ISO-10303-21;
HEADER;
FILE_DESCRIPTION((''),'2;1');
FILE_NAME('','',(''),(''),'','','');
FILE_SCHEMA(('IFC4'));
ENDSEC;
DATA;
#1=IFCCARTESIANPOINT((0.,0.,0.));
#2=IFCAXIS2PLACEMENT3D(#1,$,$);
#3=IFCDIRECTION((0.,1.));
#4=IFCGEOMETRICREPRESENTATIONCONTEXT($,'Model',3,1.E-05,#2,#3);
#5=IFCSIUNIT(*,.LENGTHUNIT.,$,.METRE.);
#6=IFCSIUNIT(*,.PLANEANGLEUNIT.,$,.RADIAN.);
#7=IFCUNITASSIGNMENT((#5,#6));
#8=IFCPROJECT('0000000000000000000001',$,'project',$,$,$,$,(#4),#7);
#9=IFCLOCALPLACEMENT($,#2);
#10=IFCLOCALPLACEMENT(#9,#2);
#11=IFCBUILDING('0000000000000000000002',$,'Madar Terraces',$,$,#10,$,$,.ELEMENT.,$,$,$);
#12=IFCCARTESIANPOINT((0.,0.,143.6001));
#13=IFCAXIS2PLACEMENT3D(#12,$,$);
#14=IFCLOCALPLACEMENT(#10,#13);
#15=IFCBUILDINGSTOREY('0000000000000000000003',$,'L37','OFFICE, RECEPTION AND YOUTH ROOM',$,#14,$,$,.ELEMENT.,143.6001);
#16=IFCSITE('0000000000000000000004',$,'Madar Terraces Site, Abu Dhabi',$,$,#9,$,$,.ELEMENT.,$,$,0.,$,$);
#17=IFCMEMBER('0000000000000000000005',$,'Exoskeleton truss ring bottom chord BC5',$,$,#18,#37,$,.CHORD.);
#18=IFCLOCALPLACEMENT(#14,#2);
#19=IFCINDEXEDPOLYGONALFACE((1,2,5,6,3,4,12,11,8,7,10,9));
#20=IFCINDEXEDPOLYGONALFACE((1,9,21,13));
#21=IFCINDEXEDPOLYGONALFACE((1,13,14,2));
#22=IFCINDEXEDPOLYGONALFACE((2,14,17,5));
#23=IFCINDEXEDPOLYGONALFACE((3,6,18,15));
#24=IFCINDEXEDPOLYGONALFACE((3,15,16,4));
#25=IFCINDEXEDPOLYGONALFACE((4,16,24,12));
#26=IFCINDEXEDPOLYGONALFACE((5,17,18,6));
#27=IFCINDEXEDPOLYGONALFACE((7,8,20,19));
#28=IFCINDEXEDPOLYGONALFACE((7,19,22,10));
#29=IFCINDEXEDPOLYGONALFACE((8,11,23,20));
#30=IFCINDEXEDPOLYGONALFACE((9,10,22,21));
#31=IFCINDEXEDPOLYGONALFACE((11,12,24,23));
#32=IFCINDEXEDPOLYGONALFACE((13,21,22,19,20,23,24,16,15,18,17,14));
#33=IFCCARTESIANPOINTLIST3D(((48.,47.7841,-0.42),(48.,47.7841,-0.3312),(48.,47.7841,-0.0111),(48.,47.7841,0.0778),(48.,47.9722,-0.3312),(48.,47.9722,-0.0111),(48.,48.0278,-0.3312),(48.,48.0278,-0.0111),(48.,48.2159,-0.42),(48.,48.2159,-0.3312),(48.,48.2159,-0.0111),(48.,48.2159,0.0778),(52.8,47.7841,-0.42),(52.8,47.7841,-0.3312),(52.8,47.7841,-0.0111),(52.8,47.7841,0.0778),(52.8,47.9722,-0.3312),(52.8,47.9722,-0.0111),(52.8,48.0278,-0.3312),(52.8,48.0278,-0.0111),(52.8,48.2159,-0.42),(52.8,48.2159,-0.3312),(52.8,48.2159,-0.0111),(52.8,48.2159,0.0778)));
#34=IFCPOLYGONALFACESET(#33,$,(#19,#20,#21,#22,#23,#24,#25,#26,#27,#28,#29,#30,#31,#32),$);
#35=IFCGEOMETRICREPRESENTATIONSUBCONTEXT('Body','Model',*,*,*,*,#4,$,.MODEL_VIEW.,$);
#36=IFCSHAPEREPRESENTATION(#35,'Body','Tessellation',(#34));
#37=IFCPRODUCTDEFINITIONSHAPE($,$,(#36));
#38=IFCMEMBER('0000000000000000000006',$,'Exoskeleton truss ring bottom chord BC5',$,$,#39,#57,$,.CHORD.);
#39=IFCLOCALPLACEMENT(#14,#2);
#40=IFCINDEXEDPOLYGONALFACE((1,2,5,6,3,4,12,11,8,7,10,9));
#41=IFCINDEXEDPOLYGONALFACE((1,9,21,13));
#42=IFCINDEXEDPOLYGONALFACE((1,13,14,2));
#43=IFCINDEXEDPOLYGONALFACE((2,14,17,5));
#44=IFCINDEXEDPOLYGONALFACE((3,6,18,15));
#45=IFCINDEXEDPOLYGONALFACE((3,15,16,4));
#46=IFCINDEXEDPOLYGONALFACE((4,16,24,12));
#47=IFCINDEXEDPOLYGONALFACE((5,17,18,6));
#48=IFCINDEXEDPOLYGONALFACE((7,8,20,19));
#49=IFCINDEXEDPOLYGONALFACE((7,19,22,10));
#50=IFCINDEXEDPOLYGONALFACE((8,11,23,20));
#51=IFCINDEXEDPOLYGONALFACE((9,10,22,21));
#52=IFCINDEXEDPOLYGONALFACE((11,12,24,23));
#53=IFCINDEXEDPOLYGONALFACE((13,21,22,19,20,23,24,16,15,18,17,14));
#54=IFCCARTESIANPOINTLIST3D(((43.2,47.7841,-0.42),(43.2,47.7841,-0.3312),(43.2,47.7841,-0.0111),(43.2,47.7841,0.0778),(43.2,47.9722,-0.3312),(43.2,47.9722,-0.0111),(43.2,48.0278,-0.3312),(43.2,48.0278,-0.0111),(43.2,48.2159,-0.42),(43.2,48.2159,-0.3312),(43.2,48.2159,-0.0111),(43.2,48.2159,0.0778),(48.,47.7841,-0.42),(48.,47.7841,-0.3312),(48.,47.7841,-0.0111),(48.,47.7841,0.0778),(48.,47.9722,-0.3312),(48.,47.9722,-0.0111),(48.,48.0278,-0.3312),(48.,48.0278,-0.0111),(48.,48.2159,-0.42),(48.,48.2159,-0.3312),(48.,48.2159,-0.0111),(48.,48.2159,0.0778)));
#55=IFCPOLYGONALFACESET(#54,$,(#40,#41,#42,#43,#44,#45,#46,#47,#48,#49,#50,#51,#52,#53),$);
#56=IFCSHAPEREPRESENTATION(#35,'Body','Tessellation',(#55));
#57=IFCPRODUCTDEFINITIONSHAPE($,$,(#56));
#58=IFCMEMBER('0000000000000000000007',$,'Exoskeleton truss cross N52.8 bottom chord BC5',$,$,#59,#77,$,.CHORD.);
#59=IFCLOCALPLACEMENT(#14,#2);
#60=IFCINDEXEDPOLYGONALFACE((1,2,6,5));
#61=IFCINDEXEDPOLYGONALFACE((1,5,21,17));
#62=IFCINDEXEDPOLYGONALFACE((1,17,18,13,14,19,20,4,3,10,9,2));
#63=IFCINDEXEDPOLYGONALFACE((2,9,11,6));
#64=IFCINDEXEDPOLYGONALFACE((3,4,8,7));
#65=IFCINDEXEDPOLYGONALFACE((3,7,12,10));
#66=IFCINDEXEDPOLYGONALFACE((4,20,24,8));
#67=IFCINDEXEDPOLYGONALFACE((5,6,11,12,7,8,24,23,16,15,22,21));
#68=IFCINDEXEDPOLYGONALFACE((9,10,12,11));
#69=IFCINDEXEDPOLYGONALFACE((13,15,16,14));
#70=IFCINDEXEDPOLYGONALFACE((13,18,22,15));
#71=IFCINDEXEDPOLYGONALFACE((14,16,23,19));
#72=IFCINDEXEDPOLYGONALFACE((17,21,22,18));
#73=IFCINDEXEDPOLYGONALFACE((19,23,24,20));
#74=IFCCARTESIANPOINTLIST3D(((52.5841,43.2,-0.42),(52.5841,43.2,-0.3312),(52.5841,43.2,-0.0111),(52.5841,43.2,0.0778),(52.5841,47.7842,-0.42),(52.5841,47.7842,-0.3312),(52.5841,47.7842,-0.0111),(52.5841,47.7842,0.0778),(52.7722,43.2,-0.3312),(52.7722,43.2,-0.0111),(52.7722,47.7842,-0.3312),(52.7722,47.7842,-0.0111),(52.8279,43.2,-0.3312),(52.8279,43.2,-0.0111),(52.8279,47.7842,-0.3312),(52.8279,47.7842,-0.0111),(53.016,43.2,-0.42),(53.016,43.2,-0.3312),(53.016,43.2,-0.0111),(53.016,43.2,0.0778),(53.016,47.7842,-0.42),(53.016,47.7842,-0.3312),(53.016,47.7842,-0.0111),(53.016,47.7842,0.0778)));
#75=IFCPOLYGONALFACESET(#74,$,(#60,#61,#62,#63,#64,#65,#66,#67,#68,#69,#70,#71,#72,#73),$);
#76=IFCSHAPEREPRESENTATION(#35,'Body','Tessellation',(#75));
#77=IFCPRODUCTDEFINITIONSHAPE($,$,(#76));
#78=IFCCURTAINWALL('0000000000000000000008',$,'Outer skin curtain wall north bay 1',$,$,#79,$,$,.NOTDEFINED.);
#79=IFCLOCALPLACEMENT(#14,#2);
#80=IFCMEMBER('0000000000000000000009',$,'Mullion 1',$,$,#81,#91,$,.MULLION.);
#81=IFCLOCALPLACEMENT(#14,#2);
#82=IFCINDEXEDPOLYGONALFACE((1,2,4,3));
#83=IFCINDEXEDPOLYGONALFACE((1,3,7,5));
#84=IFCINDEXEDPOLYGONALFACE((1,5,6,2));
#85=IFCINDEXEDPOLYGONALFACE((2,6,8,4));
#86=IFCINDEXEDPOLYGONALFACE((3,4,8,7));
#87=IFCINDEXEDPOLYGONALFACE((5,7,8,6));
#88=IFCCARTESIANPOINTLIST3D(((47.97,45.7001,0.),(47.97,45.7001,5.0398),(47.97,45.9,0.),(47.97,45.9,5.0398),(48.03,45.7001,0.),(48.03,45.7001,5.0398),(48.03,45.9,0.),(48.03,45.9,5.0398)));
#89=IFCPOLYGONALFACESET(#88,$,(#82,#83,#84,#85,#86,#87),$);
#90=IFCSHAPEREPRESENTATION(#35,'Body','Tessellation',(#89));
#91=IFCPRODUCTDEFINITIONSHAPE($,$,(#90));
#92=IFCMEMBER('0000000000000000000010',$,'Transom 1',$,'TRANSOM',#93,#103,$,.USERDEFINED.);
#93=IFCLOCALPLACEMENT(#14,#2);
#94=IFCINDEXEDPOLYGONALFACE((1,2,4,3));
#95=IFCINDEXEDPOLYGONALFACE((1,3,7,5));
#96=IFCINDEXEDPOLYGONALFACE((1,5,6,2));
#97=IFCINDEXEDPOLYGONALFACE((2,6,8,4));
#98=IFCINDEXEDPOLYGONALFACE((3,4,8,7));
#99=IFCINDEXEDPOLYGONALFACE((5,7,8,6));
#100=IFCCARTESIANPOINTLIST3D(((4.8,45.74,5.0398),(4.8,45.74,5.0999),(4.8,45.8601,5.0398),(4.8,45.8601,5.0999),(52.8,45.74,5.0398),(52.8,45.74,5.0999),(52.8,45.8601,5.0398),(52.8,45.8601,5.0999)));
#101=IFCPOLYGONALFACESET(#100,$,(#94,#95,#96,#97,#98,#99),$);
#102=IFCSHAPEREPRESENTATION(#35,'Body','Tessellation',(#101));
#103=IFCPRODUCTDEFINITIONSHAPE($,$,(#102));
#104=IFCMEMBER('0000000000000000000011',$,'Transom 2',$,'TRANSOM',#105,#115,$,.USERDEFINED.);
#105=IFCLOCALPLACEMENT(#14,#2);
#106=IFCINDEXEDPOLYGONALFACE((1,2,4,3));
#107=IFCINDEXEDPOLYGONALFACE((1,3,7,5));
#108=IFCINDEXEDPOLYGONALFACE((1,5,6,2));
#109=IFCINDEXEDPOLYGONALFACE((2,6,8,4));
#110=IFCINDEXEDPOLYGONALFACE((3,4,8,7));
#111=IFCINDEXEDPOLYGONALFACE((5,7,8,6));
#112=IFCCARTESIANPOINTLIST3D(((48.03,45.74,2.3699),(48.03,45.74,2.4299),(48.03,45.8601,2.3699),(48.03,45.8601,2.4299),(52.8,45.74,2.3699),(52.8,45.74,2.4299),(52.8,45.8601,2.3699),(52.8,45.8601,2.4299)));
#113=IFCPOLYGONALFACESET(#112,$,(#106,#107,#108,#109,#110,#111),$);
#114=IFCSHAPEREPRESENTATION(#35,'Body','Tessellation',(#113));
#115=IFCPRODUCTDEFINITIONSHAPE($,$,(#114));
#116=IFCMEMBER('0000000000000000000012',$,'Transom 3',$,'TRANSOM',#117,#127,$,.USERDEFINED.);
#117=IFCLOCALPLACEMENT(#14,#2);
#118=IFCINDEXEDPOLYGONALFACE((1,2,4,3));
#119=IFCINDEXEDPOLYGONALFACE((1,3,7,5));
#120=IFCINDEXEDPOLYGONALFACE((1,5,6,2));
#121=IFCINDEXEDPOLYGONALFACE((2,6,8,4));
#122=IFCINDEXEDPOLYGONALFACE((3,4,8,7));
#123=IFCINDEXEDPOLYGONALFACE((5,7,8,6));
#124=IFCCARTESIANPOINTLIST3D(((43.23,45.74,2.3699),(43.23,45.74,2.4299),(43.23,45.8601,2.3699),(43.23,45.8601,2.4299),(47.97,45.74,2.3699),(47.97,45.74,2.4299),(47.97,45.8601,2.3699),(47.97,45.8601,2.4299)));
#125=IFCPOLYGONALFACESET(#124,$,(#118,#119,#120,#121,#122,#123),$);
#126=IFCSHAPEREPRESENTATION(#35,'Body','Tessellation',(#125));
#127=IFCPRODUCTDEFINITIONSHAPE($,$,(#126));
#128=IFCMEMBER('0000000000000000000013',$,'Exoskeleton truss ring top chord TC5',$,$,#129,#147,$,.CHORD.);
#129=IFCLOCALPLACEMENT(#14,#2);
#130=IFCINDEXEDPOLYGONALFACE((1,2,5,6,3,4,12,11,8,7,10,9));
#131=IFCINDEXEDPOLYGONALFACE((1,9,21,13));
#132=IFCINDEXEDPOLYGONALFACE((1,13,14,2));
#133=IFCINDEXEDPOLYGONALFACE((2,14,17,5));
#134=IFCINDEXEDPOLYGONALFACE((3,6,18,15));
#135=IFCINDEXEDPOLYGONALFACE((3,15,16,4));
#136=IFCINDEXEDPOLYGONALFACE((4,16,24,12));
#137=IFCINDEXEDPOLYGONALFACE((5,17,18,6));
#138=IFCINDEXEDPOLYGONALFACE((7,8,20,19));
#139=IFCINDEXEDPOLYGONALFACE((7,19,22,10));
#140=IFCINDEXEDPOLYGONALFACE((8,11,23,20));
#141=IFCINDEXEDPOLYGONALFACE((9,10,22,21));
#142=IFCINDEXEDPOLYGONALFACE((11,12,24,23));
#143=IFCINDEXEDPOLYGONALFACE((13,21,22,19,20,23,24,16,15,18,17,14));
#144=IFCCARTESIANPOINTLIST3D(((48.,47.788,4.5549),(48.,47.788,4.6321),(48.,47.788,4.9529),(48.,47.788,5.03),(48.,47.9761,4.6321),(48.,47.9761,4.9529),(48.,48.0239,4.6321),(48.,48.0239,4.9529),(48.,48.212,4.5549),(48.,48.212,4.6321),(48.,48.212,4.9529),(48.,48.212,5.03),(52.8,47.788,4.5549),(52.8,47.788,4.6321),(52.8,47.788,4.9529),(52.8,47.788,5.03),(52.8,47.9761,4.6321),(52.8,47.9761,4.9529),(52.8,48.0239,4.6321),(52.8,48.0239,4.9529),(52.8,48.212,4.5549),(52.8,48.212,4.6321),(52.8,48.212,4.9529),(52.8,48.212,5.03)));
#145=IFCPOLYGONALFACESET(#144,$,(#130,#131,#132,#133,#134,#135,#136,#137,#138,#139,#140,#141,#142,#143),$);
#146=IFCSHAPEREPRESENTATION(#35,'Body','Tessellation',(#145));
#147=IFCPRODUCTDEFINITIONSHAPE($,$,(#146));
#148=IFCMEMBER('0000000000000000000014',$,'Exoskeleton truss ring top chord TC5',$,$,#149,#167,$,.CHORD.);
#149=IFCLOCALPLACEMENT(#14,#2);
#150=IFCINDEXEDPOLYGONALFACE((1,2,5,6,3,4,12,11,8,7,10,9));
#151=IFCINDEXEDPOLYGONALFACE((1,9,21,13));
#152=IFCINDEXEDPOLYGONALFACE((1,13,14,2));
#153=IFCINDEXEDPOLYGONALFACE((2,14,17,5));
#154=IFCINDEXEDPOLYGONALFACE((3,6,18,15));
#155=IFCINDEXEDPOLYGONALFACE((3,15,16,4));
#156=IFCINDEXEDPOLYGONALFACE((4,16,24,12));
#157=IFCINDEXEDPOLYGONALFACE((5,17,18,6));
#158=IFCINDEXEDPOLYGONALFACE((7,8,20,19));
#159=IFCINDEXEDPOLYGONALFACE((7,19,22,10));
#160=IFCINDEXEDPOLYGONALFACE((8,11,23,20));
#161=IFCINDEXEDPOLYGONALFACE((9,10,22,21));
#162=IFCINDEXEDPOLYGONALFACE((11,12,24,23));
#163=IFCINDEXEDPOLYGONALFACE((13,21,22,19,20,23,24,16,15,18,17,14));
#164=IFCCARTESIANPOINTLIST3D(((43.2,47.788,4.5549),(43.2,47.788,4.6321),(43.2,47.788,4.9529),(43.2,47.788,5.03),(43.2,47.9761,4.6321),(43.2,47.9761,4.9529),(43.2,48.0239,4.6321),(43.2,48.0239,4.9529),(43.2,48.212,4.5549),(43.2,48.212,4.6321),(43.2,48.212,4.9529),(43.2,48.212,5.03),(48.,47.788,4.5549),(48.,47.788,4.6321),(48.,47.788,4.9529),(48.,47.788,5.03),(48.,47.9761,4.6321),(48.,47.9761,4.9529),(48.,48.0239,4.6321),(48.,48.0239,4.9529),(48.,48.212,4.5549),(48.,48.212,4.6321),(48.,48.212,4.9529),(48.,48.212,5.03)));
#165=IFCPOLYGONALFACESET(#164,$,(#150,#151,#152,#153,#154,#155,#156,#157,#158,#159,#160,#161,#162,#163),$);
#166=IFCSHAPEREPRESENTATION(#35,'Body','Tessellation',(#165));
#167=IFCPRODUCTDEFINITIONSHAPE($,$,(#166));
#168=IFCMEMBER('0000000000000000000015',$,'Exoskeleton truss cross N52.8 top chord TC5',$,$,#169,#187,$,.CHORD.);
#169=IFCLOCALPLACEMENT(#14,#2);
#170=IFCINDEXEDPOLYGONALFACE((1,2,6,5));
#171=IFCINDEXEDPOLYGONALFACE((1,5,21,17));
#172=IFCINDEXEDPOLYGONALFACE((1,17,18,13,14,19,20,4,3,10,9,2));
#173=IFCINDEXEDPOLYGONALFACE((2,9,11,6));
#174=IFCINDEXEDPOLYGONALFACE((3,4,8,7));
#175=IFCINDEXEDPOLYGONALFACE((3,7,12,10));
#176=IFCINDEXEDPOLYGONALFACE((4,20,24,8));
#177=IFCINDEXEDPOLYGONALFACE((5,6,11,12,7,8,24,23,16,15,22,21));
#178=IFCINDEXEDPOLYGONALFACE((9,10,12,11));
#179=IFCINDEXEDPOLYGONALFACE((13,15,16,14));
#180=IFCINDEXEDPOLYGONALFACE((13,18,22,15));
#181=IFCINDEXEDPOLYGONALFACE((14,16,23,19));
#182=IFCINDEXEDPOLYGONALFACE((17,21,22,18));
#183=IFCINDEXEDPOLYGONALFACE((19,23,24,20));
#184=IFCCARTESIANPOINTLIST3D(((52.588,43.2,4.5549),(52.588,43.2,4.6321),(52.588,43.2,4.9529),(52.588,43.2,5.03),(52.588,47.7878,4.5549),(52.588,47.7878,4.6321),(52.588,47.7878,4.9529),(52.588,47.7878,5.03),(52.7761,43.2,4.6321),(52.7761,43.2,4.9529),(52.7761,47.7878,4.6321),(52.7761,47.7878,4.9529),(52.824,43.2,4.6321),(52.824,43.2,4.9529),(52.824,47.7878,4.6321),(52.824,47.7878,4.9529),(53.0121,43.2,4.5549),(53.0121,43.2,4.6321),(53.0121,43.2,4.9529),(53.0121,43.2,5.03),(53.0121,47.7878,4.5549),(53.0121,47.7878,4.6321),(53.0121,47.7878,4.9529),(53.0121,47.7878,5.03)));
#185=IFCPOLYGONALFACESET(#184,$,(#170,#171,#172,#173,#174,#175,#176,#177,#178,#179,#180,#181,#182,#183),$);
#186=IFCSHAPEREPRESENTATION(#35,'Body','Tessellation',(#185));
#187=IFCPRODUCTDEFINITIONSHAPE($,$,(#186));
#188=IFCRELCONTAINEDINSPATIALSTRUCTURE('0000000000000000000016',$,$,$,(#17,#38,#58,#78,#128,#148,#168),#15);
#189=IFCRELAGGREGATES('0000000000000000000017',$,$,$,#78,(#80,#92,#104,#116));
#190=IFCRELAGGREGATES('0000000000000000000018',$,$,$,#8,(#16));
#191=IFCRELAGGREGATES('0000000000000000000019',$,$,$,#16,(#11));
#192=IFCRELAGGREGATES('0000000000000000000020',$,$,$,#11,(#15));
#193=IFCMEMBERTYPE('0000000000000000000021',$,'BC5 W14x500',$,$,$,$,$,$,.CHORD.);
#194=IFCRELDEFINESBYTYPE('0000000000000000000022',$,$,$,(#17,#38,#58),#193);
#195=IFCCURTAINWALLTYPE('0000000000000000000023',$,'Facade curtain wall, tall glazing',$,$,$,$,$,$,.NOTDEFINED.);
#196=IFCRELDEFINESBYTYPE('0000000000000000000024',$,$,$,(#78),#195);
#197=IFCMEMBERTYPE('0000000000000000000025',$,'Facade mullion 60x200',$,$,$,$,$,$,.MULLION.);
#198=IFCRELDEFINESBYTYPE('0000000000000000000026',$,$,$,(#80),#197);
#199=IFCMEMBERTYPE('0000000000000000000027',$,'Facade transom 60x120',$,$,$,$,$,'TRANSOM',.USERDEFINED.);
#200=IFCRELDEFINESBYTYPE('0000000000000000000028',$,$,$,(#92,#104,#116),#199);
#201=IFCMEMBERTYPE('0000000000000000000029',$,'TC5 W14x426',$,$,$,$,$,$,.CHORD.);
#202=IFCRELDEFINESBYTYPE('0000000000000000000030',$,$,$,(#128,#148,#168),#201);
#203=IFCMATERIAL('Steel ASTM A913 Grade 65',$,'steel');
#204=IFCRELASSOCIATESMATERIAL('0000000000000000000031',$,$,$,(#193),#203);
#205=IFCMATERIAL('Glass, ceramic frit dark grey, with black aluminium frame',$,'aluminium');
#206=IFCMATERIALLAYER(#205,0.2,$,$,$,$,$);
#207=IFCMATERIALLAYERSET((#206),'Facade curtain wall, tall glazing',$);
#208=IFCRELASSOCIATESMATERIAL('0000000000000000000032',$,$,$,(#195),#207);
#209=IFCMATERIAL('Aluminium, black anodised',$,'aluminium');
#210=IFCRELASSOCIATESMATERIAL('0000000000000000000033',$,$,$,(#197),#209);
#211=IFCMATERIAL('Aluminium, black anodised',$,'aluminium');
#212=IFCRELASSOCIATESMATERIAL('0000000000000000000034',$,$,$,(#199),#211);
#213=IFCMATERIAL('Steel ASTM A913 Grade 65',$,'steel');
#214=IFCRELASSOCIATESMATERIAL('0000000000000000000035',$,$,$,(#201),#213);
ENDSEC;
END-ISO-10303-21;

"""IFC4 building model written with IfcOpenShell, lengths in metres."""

from ifc_helpers import new_model, si_unit, direction, frame, origin, origin_2d, place, context, subcontext, project, spatial, rectangle, i_section, extrude, material, layer, layer_set, material_profile, profile_set, type_object, element, aggregate, save


model = new_model("IFC4")

# Units and contexts
model_context = context("Model", 3, precision=1e-05, world=origin(), true_north=direction((0.0, 1.0)))
body_context = subcontext(model_context, "Body", "Model", "MODEL_VIEW")
ifc_project = project(units=[si_unit("LENGTHUNIT", "METRE"), si_unit("PLANEANGLEUNIT", "RADIAN")], contexts=[model_context])

# Site, building, storey
site_placement = place(None, origin())
site = spatial("IfcSite", under=ifc_project, at=site_placement, Name="Madar Terraces Site, Abu Dhabi", CompositionType="ELEMENT", RefElevation=0.0)
building_placement = place(site_placement, origin())
building = spatial("IfcBuilding", under=site, at=building_placement, Name="Madar Terraces", CompositionType="ELEMENT")
storey_placement = place(building_placement, frame((0.0, 0.0, 143.6001)))
storey = spatial("IfcBuildingStorey", under=building, at=storey_placement, Name="L37", Description="OFFICE, RECEPTION AND YOUTH ROOM", CompositionType="ELEMENT", Elevation=143.6001)

# Members
ifc_material_1 = material(Name="Steel ASTM A913 Grade 65", Category="steel")
ifc_material_profile_1 = material_profile(ifc_material_1, i_section(OverallWidth=0.4319, OverallDepth=0.4978, WebThickness=0.0557, FlangeThickness=0.0889, at=origin_2d()), Name="W14x500")
ifc_profile_set_1 = profile_set([ifc_material_profile_1], Name="Steel ASTM A913 Grade 65")
member_type_1 = type_object("IfcMemberType", Name="BC5 W14x500", PredefinedType="CHORD", material=ifc_profile_set_1)
for number, where, z_axis, x_axis, name in (
    (1, (52.8, 48.0, -0.1711), (-1.0, 0.0, 0.0), (0.0, -1.0, 0.0), "Exoskeleton truss ring bottom chord BC5"),
    (2, (48.0, 48.0, -0.1711), (-1.0, 0.0, 0.0), (0.0, -1.0, 0.0), "Exoskeleton truss ring bottom chord BC5"),
):
    element("IfcMember", number, at=place(storey_placement, frame(where, z_axis=z_axis, x_axis=x_axis)), inside=storey, type_object=member_type_1, Name=name, PredefinedType="CHORD", context=body_context, shape_type="SweptSolid", body=[
        extrude(i_section(OverallWidth=0.4319, OverallDepth=0.4978, WebThickness=0.0557, FlangeThickness=0.0889, at=origin_2d()), origin(), (0.0, 0.0, 1.0), 4.8),
    ])
member_1_placement = place(storey_placement, frame((52.8, 47.7842, -0.1711), z_axis=(0.0, -1.0, 0.0), x_axis=(1.0, 0.0, 0.0)))
element("IfcMember", 3, at=member_1_placement, inside=storey, type_object=member_type_1, Name="Exoskeleton truss cross N52.8 bottom chord BC5", PredefinedType="CHORD", context=body_context, shape_type="SweptSolid", body=[
    extrude(i_section(OverallWidth=0.4319, OverallDepth=0.4978, WebThickness=0.0557, FlangeThickness=0.0889, at=origin_2d()), origin(), (0.0, 0.0, 1.0), 4.5842),
])

# Curtain wall, members
ifc_material_2 = material(Name="Glass, ceramic frit dark grey, with black aluminium frame", Category="aluminium")
ifc_layer_1 = layer(ifc_material_2, 0.2)
ifc_layer_set_1 = layer_set([ifc_layer_1], Name="Facade curtain wall, tall glazing")
curtain_wall_type = type_object("IfcCurtainWallType", Name="Facade curtain wall, tall glazing", PredefinedType="NOTDEFINED", material=ifc_layer_set_1)
curtain_wall_placement = place(storey_placement, origin())
curtain_wall = element("IfcCurtainWall", 4, at=curtain_wall_placement, inside=storey, type_object=curtain_wall_type, Name="Outer skin curtain wall north bay 1", PredefinedType="NOTDEFINED")
ifc_material_3 = material(Name="Aluminium, black anodised", Category="aluminium")
ifc_material_profile_2 = material_profile(ifc_material_3, rectangle(XDim=0.2, YDim=0.0601, at=origin_2d()), Name="Facade mullion 60x200")
ifc_profile_set_2 = profile_set([ifc_material_profile_2], Name="Aluminium, black anodised")
member_type_2 = type_object("IfcMemberType", Name="Facade mullion 60x200", PredefinedType="MULLION", material=ifc_profile_set_2)
member_2_placement = place(storey_placement, frame((48.0, 45.8, 0.0), z_axis=(0.0, 0.0, 1.0), x_axis=(0.0, -1.0, 0.0)))
member_2 = element("IfcMember", 5, at=member_2_placement, type_object=member_type_2, Name="Mullion 1", PredefinedType="MULLION", context=body_context, shape_type="SweptSolid", body=[
    extrude(rectangle(XDim=0.2, YDim=0.0601, at=origin_2d()), origin(), (0.0, 0.0, 1.0), 5.0398),
])
ifc_material_4 = material(Name="Aluminium, black anodised", Category="aluminium")
ifc_material_profile_3 = material_profile(ifc_material_4, rectangle(XDim=0.1201, YDim=0.0601, at=origin_2d()), Name="Facade transom 60x120")
ifc_profile_set_3 = profile_set([ifc_material_profile_3], Name="Aluminium, black anodised")
member_type_3 = type_object("IfcMemberType", Name="Facade transom 60x120", ElementType="TRANSOM", PredefinedType="USERDEFINED", material=ifc_profile_set_3)
member_3_placement = place(storey_placement, frame((52.8, 45.8, 5.0698), z_axis=(-1.0, 0.0, 0.0), x_axis=(0.0, -1.0, 0.0)))
member_3 = element("IfcMember", 6, at=member_3_placement, type_object=member_type_3, Name="Transom 1", ObjectType="TRANSOM", PredefinedType="USERDEFINED", context=body_context, shape_type="SweptSolid", body=[
    extrude(rectangle(XDim=0.1201, YDim=0.0601, at=origin_2d()), origin(), (0.0, 0.0, 1.0), 48.0),
])
member_4_placement = place(storey_placement, frame((52.8, 45.8, 2.3999), z_axis=(-1.0, 0.0, 0.0), x_axis=(0.0, -1.0, 0.0)))
member_4 = element("IfcMember", 7, at=member_4_placement, type_object=member_type_3, Name="Transom 2", ObjectType="TRANSOM", PredefinedType="USERDEFINED", context=body_context, shape_type="SweptSolid", body=[
    extrude(rectangle(XDim=0.1201, YDim=0.0601, at=origin_2d()), origin(), (0.0, 0.0, 1.0), 4.77),
])
member_5_placement = place(storey_placement, frame((47.97, 45.8, 2.3999), z_axis=(-1.0, 0.0, 0.0), x_axis=(0.0, -1.0, 0.0)))
member_5 = element("IfcMember", 8, at=member_5_placement, type_object=member_type_3, Name="Transom 3", ObjectType="TRANSOM", PredefinedType="USERDEFINED", context=body_context, shape_type="SweptSolid", body=[
    extrude(rectangle(XDim=0.1201, YDim=0.0601, at=origin_2d()), origin(), (0.0, 0.0, 1.0), 4.74),
])

# Members
ifc_material_5 = material(Name="Steel ASTM A913 Grade 65", Category="steel")
ifc_material_profile_4 = material_profile(ifc_material_5, i_section(OverallWidth=0.4241, OverallDepth=0.4751, WebThickness=0.0479, FlangeThickness=0.0771, at=origin_2d()), Name="W14x426")
ifc_profile_set_4 = profile_set([ifc_material_profile_4], Name="Steel ASTM A913 Grade 65")
member_type_4 = type_object("IfcMemberType", Name="TC5 W14x426", PredefinedType="CHORD", material=ifc_profile_set_4)
for number, where, z_axis, x_axis, name in (
    (9, (52.8, 48.0, 4.7925), (-1.0, 0.0, 0.0), (0.0, -1.0, 0.0), "Exoskeleton truss ring top chord TC5"),
    (10, (48.0, 48.0, 4.7925), (-1.0, 0.0, 0.0), (0.0, -1.0, 0.0), "Exoskeleton truss ring top chord TC5"),
):
    element("IfcMember", number, at=place(storey_placement, frame(where, z_axis=z_axis, x_axis=x_axis)), inside=storey, type_object=member_type_4, Name=name, PredefinedType="CHORD", context=body_context, shape_type="SweptSolid", body=[
        extrude(i_section(OverallWidth=0.4241, OverallDepth=0.4751, WebThickness=0.0479, FlangeThickness=0.0771, at=origin_2d()), origin(), (0.0, 0.0, 1.0), 4.8),
    ])
member_6_placement = place(storey_placement, frame((52.8, 47.7878, 4.7925), z_axis=(0.0, -1.0, 0.0), x_axis=(1.0, 0.0, 0.0)))
element("IfcMember", 11, at=member_6_placement, inside=storey, type_object=member_type_4, Name="Exoskeleton truss cross N52.8 top chord TC5", PredefinedType="CHORD", context=body_context, shape_type="SweptSolid", body=[
    extrude(i_section(OverallWidth=0.4241, OverallDepth=0.4751, WebThickness=0.0479, FlangeThickness=0.0771, at=origin_2d()), origin(), (0.0, 0.0, 1.0), 4.5879),
])

aggregate(curtain_wall, [member_2, member_3, member_4, member_5])

save(model, "model.ifc")
